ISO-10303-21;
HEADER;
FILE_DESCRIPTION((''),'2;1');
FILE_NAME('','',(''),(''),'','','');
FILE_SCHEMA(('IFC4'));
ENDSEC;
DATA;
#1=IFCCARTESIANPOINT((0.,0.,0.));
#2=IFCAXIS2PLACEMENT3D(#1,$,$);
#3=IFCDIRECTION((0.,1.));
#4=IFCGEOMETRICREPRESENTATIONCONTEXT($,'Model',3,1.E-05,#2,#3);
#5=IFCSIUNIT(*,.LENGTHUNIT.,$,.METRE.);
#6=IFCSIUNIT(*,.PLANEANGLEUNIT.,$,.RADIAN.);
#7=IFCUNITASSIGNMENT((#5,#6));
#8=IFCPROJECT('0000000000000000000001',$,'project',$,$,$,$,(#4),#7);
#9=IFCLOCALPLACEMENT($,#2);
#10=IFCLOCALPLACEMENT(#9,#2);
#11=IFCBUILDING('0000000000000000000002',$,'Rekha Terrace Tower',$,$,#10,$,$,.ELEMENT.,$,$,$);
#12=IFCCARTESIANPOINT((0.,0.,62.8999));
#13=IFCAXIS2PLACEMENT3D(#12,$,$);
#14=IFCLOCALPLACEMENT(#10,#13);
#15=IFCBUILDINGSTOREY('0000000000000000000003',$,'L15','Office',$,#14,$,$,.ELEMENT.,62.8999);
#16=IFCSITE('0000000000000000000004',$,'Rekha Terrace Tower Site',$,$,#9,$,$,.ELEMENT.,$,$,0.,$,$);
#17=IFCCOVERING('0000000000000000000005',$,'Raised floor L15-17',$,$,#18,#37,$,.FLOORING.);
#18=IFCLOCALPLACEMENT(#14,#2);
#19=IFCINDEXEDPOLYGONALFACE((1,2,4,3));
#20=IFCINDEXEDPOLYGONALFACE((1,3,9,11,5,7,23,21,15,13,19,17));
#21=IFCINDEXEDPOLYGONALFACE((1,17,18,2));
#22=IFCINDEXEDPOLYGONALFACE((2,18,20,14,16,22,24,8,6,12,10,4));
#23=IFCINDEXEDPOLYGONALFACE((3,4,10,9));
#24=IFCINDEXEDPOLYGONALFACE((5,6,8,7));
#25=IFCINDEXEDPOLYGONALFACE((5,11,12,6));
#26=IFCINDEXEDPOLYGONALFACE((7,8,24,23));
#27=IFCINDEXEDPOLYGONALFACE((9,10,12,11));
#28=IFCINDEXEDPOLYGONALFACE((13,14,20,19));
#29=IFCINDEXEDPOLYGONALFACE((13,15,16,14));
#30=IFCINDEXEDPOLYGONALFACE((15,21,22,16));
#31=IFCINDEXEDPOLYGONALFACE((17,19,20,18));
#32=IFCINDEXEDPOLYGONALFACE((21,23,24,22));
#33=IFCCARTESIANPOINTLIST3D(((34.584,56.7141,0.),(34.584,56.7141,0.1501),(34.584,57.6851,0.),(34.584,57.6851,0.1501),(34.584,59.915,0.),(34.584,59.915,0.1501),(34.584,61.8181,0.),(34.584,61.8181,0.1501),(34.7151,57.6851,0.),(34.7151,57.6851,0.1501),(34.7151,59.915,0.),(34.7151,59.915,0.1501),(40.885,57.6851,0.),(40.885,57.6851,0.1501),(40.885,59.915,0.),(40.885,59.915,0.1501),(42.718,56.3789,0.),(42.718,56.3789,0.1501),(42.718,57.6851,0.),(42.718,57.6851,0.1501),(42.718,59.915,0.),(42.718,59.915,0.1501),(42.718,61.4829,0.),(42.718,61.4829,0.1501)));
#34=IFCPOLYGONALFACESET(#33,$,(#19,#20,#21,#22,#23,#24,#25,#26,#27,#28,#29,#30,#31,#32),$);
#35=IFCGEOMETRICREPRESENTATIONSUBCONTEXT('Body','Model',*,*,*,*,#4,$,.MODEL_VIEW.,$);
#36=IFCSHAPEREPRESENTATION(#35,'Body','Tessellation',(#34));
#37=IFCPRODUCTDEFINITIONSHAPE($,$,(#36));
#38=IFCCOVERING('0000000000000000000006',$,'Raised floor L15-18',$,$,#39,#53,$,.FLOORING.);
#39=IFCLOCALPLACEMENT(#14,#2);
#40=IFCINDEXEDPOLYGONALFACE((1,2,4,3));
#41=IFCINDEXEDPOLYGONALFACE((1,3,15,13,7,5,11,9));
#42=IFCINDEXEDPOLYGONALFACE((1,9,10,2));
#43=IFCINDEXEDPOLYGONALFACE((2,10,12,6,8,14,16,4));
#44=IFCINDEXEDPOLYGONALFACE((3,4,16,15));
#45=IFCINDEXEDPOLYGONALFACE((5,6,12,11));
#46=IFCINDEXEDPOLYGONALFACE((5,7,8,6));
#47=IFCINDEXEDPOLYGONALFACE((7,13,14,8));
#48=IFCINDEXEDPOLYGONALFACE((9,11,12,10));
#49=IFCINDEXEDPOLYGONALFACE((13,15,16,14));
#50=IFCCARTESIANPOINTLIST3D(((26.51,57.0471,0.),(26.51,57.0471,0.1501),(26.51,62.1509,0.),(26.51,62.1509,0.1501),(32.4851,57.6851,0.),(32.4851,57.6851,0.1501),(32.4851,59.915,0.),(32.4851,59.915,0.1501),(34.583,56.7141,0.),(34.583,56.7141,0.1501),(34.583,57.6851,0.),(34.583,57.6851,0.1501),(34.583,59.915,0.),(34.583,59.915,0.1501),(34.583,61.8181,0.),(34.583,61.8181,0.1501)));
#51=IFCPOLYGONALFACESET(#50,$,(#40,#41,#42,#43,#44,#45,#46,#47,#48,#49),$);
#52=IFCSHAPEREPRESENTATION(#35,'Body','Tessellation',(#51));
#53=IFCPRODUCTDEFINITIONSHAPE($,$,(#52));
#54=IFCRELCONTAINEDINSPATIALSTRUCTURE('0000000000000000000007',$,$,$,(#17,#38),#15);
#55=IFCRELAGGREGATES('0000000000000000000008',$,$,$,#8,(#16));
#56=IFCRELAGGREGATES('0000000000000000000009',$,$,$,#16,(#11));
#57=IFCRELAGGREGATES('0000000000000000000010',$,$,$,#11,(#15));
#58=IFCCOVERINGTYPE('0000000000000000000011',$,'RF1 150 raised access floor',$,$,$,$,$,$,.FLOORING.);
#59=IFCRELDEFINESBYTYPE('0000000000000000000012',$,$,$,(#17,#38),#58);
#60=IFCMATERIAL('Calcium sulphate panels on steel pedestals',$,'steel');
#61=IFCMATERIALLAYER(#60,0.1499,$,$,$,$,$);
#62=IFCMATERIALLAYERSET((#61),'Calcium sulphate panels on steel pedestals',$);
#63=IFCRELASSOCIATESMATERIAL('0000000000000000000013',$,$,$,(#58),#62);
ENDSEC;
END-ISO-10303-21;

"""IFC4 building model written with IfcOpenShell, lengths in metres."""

from ifc_helpers import new_model, si_unit, direction, frame, origin, place, context, subcontext, project, spatial, polyline, outline, extrude, material, layer, layer_set, type_object, element, save


model = new_model("IFC4")

# Units and contexts
model_context = context("Model", 3, precision=1e-05, world=origin(), true_north=direction((0.0, 1.0)))
body_context = subcontext(model_context, "Body", "Model", "MODEL_VIEW")
ifc_project = project(units=[si_unit("LENGTHUNIT", "METRE"), si_unit("PLANEANGLEUNIT", "RADIAN")], contexts=[model_context])

# Site, building, storey
site_placement = place(None, origin())
site = spatial("IfcSite", under=ifc_project, at=site_placement, Name="Rekha Terrace Tower Site", CompositionType="ELEMENT", RefElevation=0.0)
building_placement = place(site_placement, origin())
building = spatial("IfcBuilding", under=site, at=building_placement, Name="Rekha Terrace Tower", CompositionType="ELEMENT")
storey_placement = place(building_placement, frame((0.0, 0.0, 62.8999)))
storey = spatial("IfcBuildingStorey", under=building, at=storey_placement, Name="L15", Description="Office", CompositionType="ELEMENT", Elevation=62.8999)

# Coverings
ifc_material_1 = material(Name="Calcium sulphate panels on steel pedestals", Category="steel")
ifc_layer_1 = layer(ifc_material_1, 0.1499)
ifc_layer_set_1 = layer_set([ifc_layer_1], Name="Calcium sulphate panels on steel pedestals")
covering_type_1 = type_object("IfcCoveringType", Name="RF1 150 raised access floor", PredefinedType="FLOORING", material=ifc_layer_set_1)
covering_1_placement = place(storey_placement, origin())
element("IfcCovering", 1, at=covering_1_placement, inside=storey, type_object=covering_type_1, Name="Raised floor L15-17", PredefinedType="FLOORING", context=body_context, shape_type="SweptSolid", body=[
    extrude(outline(polyline([(42.718, 59.915), (42.718, 61.4829), (34.584, 61.8181), (34.584, 59.915), (34.7151, 59.915), (34.7151, 57.6851), (34.584, 57.6851), (34.584, 56.7141), (42.718, 56.3789), (42.718, 57.6851), (40.885, 57.6851), (40.885, 59.915), (42.718, 59.915)])), origin(), (0.0, 0.0, 1.0), 0.1501),
])
covering_2_placement = place(storey_placement, origin())
element("IfcCovering", 2, at=covering_2_placement, inside=storey, type_object=covering_type_1, Name="Raised floor L15-18", PredefinedType="FLOORING", context=body_context, shape_type="SweptSolid", body=[
    extrude(outline(polyline([(34.583, 59.915), (34.583, 61.8181), (26.51, 62.1509), (26.51, 57.0471), (34.583, 56.7141), (34.583, 57.6851), (32.4851, 57.6851), (32.4851, 59.915), (34.583, 59.915)])), origin(), (0.0, 0.0, 1.0), 0.1501),
])

save(model, "model.ifc")
